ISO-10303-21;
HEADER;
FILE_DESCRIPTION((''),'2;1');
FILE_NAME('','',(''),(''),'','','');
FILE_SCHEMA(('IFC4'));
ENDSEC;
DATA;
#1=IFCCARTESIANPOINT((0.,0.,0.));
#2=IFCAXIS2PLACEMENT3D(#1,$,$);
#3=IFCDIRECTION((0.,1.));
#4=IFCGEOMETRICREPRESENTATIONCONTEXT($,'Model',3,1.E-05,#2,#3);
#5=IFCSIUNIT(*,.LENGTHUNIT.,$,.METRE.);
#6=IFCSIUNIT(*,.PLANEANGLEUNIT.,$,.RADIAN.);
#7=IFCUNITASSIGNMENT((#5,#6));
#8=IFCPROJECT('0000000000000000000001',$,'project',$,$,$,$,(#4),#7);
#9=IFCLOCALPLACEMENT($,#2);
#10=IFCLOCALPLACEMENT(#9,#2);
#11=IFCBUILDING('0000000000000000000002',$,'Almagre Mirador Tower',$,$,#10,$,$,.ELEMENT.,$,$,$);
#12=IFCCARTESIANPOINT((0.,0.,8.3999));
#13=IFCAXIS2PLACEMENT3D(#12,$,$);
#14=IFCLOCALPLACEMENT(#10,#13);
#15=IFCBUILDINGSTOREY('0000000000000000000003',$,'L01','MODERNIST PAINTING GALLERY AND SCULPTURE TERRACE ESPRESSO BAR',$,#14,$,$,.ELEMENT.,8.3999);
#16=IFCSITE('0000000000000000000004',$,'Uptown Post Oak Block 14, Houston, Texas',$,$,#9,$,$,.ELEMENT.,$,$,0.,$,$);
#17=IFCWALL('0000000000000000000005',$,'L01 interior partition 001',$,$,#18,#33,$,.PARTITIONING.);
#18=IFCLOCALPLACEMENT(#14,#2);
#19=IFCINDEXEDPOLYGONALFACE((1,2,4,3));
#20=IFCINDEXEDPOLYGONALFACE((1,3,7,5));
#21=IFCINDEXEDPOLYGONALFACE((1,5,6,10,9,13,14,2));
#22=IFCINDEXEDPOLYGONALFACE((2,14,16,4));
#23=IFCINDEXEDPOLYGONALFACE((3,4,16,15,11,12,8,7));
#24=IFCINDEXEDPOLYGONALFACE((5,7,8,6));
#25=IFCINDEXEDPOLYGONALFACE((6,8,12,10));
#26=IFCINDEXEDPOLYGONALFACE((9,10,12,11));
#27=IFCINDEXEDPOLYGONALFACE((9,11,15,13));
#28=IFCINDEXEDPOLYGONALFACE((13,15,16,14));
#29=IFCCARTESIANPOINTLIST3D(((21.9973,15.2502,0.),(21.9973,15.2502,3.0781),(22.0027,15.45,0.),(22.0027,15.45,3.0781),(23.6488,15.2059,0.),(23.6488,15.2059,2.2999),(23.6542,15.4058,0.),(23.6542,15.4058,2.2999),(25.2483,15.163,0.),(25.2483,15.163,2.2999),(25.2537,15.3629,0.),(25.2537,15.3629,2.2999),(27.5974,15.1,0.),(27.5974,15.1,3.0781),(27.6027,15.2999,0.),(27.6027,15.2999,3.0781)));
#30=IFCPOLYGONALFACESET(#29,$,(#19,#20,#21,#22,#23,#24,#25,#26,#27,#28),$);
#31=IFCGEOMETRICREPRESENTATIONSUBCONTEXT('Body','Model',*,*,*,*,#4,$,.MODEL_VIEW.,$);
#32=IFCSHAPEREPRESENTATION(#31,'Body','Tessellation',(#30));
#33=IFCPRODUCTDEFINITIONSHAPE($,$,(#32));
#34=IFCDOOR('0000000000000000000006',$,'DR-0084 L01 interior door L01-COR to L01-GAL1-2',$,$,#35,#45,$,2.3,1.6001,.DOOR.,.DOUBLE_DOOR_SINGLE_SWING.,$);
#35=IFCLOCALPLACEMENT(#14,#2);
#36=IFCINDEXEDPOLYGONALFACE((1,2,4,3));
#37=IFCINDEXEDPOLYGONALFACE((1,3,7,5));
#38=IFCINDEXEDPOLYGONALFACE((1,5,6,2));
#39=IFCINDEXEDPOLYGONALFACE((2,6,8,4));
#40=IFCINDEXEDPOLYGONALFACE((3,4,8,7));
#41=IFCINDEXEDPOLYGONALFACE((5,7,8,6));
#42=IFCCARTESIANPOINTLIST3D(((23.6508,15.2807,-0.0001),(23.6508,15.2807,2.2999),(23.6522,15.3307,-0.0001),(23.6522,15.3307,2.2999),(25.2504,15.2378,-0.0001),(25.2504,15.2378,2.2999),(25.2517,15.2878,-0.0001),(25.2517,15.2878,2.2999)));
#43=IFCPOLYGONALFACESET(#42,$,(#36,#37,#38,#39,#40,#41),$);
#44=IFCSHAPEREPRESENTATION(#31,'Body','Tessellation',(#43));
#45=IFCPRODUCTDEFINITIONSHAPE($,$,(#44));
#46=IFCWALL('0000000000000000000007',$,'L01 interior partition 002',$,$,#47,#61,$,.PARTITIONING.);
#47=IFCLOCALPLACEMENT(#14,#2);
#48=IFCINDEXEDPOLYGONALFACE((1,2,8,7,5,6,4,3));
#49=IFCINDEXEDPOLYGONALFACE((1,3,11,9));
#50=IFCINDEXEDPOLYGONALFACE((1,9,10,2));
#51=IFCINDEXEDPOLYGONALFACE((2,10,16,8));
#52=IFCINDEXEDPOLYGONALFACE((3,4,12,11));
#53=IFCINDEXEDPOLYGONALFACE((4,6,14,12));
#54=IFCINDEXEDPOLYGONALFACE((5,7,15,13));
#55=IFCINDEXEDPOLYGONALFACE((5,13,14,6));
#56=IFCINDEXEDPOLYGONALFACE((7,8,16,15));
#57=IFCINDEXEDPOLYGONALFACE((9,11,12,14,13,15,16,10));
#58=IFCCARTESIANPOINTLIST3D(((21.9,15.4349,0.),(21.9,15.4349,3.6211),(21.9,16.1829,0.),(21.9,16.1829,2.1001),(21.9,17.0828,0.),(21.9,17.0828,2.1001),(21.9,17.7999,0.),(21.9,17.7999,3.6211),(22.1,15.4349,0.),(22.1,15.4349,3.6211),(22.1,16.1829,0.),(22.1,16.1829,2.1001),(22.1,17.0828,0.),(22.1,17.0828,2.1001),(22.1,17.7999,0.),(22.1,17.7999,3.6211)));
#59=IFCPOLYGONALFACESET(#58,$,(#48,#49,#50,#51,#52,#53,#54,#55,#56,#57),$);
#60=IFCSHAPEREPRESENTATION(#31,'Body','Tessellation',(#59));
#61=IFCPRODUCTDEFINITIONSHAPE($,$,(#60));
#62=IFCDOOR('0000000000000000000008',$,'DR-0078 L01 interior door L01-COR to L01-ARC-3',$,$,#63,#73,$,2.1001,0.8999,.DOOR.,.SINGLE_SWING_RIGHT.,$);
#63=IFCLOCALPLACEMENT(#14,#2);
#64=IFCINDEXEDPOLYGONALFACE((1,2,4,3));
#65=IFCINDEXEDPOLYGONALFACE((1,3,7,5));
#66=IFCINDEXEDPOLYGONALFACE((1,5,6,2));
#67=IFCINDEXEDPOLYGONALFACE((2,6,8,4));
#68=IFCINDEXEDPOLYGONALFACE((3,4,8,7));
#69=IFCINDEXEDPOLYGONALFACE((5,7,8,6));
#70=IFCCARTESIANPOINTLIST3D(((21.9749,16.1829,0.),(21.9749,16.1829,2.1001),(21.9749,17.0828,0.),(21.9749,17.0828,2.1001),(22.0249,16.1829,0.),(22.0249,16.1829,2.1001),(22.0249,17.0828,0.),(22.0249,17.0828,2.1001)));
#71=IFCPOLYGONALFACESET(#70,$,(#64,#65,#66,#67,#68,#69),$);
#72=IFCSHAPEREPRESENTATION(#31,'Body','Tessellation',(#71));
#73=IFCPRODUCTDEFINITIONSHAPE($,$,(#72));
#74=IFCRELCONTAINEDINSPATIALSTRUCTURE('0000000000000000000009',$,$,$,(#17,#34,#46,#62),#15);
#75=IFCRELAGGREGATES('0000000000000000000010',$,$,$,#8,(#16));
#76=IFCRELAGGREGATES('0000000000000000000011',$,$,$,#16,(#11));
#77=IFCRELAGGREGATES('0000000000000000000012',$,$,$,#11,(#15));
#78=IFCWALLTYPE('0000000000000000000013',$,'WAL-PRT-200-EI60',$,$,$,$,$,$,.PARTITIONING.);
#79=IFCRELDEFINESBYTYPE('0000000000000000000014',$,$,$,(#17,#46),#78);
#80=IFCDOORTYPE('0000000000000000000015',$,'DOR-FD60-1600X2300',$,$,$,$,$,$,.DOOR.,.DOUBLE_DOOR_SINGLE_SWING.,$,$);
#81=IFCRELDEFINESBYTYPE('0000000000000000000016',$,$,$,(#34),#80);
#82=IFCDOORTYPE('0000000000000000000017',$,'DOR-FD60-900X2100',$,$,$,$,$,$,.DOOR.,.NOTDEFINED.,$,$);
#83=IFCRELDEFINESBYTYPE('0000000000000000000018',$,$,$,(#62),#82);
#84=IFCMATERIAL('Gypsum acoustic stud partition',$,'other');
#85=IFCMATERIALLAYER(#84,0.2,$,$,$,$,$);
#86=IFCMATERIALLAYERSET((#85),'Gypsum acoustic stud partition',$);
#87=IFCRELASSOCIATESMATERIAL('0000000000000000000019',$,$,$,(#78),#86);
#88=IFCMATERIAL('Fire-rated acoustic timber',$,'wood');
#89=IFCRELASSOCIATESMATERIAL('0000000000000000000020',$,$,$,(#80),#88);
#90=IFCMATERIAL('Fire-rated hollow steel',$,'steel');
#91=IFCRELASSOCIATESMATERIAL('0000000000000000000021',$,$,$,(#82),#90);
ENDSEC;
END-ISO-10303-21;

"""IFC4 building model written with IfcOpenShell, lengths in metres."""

from ifc_helpers import new_model, si_unit, direction, frame, frame_2d, origin, place, context, subcontext, project, spatial, rectangle, extrude, material, layer, layer_set, type_object, element, fill, save


model = new_model("IFC4")

# Units and contexts
model_context = context("Model", 3, precision=1e-05, world=origin(), true_north=direction((0.0, 1.0)))
body_context = subcontext(model_context, "Body", "Model", "MODEL_VIEW")
ifc_project = project(units=[si_unit("LENGTHUNIT", "METRE"), si_unit("PLANEANGLEUNIT", "RADIAN")], contexts=[model_context])

# Site, building, storey
site_placement = place(None, origin())
site = spatial("IfcSite", under=ifc_project, at=site_placement, Name="Uptown Post Oak Block 14, Houston, Texas", CompositionType="ELEMENT", RefElevation=0.0)
building_placement = place(site_placement, origin())
building = spatial("IfcBuilding", under=site, at=building_placement, Name="Almagre Mirador Tower", CompositionType="ELEMENT")
storey_placement = place(building_placement, frame((0.0, 0.0, 8.3999)))
storey = spatial("IfcBuildingStorey", under=building, at=storey_placement, Name="L01", Description="MODERNIST PAINTING GALLERY AND SCULPTURE TERRACE ESPRESSO BAR", CompositionType="ELEMENT", Elevation=8.3999)

# Walls, openings, doors
ifc_material_1 = material(Name="Gypsum acoustic stud partition", Category="other")
ifc_layer_1 = layer(ifc_material_1, 0.2)
ifc_layer_set_1 = layer_set([ifc_layer_1], Name="Gypsum acoustic stud partition")
wall_type_1 = type_object("IfcWallType", Name="WAL-PRT-200-EI60", PredefinedType="PARTITIONING", material=ifc_layer_set_1)
wall_1_placement = place(storey_placement, frame((22.0, 15.3501, 0.0), z_axis=(0.0, 0.0, 1.0), x_axis=(0.999641, -0.026802, 0.0)))
wall_1 = element("IfcWall", 1, at=wall_1_placement, inside=storey, type_object=wall_type_1, Name="L01 interior partition 001", PredefinedType="PARTITIONING", context=body_context, shape_type="SweptSolid", body=[
    extrude(rectangle(XDim=5.6021, YDim=0.2, at=frame_2d((2.801, 0.0))), origin(), (0.0, 0.0, 1.0), 3.0781),
])
opening_1_placement = place(wall_1_placement, frame((1.6521, 0.0, 0.0)))
opening_1 = element("IfcOpeningElement", 2, at=opening_1_placement, cuts=wall_1, PredefinedType="OPENING", context=body_context, shape_type="SweptSolid", body=[
    extrude(rectangle(XDim=1.6001, YDim=2.3, at=frame_2d((0.8, 1.1499))), frame((0.0, 0.1101, 0.0), z_axis=(0.0, -1.0, 0.0), x_axis=(1.0, 0.0, 0.0)), (0.0, 0.0, 1.0), 0.22),
])
ifc_material_2 = material(Name="Fire-rated acoustic timber", Category="wood")
door_type_1 = type_object("IfcDoorType", Name="DOR-FD60-1600X2300", OperationType="DOUBLE_DOOR_SINGLE_SWING", PredefinedType="DOOR", material=ifc_material_2)
door_1_placement = place(opening_1_placement, origin())
door_1 = element("IfcDoor", 3, at=door_1_placement, inside=storey, type_object=door_type_1, Name="DR-0084 L01 interior door L01-COR to L01-GAL1-2", OperationType="DOUBLE_DOOR_SINGLE_SWING", OverallHeight=2.3, OverallWidth=1.6001, PredefinedType="DOOR", context=body_context, shape_type="SweptSolid", body=[
    extrude(rectangle(XDim=1.6001, YDim=2.3, at=frame_2d((0.8, 1.1499))), frame((0.0, 0.0249, 0.0), z_axis=(0.0, -1.0, 0.0), x_axis=(1.0, 0.0, 0.0)), (0.0, 0.0, 1.0), 0.05),
])
fill(opening_1, door_1)
wall_2_placement = place(storey_placement, frame((22.0, 17.8, 0.0), z_axis=(0.0, 0.0, 1.0), x_axis=(0.0, -1.0, 0.0)))
wall_2 = element("IfcWall", 4, at=wall_2_placement, inside=storey, type_object=wall_type_1, Name="L01 interior partition 002", PredefinedType="PARTITIONING", context=body_context, shape_type="SweptSolid", body=[
    extrude(rectangle(XDim=2.365, YDim=0.2, at=frame_2d((1.1826, 0.0))), origin(), (0.0, 0.0, 1.0), 3.6211),
])
opening_2_placement = place(wall_2_placement, frame((0.7173, 0.0, 0.0)))
opening_2 = element("IfcOpeningElement", 5, at=opening_2_placement, cuts=wall_2, PredefinedType="OPENING", context=body_context, shape_type="SweptSolid", body=[
    extrude(rectangle(XDim=0.8999, YDim=2.1001, at=frame_2d((0.45, 1.05))), frame((0.0, 0.1101, 0.0), z_axis=(0.0, -1.0, 0.0), x_axis=(1.0, 0.0, 0.0)), (0.0, 0.0, 1.0), 0.22),
])
ifc_material_3 = material(Name="Fire-rated hollow steel", Category="steel")
door_type_2 = type_object("IfcDoorType", Name="DOR-FD60-900X2100", OperationType="NOTDEFINED", PredefinedType="DOOR", material=ifc_material_3)
door_2_placement = place(opening_2_placement, origin())
door_2 = element("IfcDoor", 6, at=door_2_placement, inside=storey, type_object=door_type_2, Name="DR-0078 L01 interior door L01-COR to L01-ARC-3", OperationType="SINGLE_SWING_RIGHT", OverallHeight=2.1001, OverallWidth=0.8999, PredefinedType="DOOR", context=body_context, shape_type="SweptSolid", body=[
    extrude(rectangle(XDim=0.8999, YDim=2.1001, at=frame_2d((0.45, 1.05))), frame((0.0, 0.0249, 0.0), z_axis=(0.0, -1.0, 0.0), x_axis=(1.0, 0.0, 0.0)), (0.0, 0.0, 1.0), 0.05),
])
fill(opening_2, door_2)

save(model, "model.ifc")
